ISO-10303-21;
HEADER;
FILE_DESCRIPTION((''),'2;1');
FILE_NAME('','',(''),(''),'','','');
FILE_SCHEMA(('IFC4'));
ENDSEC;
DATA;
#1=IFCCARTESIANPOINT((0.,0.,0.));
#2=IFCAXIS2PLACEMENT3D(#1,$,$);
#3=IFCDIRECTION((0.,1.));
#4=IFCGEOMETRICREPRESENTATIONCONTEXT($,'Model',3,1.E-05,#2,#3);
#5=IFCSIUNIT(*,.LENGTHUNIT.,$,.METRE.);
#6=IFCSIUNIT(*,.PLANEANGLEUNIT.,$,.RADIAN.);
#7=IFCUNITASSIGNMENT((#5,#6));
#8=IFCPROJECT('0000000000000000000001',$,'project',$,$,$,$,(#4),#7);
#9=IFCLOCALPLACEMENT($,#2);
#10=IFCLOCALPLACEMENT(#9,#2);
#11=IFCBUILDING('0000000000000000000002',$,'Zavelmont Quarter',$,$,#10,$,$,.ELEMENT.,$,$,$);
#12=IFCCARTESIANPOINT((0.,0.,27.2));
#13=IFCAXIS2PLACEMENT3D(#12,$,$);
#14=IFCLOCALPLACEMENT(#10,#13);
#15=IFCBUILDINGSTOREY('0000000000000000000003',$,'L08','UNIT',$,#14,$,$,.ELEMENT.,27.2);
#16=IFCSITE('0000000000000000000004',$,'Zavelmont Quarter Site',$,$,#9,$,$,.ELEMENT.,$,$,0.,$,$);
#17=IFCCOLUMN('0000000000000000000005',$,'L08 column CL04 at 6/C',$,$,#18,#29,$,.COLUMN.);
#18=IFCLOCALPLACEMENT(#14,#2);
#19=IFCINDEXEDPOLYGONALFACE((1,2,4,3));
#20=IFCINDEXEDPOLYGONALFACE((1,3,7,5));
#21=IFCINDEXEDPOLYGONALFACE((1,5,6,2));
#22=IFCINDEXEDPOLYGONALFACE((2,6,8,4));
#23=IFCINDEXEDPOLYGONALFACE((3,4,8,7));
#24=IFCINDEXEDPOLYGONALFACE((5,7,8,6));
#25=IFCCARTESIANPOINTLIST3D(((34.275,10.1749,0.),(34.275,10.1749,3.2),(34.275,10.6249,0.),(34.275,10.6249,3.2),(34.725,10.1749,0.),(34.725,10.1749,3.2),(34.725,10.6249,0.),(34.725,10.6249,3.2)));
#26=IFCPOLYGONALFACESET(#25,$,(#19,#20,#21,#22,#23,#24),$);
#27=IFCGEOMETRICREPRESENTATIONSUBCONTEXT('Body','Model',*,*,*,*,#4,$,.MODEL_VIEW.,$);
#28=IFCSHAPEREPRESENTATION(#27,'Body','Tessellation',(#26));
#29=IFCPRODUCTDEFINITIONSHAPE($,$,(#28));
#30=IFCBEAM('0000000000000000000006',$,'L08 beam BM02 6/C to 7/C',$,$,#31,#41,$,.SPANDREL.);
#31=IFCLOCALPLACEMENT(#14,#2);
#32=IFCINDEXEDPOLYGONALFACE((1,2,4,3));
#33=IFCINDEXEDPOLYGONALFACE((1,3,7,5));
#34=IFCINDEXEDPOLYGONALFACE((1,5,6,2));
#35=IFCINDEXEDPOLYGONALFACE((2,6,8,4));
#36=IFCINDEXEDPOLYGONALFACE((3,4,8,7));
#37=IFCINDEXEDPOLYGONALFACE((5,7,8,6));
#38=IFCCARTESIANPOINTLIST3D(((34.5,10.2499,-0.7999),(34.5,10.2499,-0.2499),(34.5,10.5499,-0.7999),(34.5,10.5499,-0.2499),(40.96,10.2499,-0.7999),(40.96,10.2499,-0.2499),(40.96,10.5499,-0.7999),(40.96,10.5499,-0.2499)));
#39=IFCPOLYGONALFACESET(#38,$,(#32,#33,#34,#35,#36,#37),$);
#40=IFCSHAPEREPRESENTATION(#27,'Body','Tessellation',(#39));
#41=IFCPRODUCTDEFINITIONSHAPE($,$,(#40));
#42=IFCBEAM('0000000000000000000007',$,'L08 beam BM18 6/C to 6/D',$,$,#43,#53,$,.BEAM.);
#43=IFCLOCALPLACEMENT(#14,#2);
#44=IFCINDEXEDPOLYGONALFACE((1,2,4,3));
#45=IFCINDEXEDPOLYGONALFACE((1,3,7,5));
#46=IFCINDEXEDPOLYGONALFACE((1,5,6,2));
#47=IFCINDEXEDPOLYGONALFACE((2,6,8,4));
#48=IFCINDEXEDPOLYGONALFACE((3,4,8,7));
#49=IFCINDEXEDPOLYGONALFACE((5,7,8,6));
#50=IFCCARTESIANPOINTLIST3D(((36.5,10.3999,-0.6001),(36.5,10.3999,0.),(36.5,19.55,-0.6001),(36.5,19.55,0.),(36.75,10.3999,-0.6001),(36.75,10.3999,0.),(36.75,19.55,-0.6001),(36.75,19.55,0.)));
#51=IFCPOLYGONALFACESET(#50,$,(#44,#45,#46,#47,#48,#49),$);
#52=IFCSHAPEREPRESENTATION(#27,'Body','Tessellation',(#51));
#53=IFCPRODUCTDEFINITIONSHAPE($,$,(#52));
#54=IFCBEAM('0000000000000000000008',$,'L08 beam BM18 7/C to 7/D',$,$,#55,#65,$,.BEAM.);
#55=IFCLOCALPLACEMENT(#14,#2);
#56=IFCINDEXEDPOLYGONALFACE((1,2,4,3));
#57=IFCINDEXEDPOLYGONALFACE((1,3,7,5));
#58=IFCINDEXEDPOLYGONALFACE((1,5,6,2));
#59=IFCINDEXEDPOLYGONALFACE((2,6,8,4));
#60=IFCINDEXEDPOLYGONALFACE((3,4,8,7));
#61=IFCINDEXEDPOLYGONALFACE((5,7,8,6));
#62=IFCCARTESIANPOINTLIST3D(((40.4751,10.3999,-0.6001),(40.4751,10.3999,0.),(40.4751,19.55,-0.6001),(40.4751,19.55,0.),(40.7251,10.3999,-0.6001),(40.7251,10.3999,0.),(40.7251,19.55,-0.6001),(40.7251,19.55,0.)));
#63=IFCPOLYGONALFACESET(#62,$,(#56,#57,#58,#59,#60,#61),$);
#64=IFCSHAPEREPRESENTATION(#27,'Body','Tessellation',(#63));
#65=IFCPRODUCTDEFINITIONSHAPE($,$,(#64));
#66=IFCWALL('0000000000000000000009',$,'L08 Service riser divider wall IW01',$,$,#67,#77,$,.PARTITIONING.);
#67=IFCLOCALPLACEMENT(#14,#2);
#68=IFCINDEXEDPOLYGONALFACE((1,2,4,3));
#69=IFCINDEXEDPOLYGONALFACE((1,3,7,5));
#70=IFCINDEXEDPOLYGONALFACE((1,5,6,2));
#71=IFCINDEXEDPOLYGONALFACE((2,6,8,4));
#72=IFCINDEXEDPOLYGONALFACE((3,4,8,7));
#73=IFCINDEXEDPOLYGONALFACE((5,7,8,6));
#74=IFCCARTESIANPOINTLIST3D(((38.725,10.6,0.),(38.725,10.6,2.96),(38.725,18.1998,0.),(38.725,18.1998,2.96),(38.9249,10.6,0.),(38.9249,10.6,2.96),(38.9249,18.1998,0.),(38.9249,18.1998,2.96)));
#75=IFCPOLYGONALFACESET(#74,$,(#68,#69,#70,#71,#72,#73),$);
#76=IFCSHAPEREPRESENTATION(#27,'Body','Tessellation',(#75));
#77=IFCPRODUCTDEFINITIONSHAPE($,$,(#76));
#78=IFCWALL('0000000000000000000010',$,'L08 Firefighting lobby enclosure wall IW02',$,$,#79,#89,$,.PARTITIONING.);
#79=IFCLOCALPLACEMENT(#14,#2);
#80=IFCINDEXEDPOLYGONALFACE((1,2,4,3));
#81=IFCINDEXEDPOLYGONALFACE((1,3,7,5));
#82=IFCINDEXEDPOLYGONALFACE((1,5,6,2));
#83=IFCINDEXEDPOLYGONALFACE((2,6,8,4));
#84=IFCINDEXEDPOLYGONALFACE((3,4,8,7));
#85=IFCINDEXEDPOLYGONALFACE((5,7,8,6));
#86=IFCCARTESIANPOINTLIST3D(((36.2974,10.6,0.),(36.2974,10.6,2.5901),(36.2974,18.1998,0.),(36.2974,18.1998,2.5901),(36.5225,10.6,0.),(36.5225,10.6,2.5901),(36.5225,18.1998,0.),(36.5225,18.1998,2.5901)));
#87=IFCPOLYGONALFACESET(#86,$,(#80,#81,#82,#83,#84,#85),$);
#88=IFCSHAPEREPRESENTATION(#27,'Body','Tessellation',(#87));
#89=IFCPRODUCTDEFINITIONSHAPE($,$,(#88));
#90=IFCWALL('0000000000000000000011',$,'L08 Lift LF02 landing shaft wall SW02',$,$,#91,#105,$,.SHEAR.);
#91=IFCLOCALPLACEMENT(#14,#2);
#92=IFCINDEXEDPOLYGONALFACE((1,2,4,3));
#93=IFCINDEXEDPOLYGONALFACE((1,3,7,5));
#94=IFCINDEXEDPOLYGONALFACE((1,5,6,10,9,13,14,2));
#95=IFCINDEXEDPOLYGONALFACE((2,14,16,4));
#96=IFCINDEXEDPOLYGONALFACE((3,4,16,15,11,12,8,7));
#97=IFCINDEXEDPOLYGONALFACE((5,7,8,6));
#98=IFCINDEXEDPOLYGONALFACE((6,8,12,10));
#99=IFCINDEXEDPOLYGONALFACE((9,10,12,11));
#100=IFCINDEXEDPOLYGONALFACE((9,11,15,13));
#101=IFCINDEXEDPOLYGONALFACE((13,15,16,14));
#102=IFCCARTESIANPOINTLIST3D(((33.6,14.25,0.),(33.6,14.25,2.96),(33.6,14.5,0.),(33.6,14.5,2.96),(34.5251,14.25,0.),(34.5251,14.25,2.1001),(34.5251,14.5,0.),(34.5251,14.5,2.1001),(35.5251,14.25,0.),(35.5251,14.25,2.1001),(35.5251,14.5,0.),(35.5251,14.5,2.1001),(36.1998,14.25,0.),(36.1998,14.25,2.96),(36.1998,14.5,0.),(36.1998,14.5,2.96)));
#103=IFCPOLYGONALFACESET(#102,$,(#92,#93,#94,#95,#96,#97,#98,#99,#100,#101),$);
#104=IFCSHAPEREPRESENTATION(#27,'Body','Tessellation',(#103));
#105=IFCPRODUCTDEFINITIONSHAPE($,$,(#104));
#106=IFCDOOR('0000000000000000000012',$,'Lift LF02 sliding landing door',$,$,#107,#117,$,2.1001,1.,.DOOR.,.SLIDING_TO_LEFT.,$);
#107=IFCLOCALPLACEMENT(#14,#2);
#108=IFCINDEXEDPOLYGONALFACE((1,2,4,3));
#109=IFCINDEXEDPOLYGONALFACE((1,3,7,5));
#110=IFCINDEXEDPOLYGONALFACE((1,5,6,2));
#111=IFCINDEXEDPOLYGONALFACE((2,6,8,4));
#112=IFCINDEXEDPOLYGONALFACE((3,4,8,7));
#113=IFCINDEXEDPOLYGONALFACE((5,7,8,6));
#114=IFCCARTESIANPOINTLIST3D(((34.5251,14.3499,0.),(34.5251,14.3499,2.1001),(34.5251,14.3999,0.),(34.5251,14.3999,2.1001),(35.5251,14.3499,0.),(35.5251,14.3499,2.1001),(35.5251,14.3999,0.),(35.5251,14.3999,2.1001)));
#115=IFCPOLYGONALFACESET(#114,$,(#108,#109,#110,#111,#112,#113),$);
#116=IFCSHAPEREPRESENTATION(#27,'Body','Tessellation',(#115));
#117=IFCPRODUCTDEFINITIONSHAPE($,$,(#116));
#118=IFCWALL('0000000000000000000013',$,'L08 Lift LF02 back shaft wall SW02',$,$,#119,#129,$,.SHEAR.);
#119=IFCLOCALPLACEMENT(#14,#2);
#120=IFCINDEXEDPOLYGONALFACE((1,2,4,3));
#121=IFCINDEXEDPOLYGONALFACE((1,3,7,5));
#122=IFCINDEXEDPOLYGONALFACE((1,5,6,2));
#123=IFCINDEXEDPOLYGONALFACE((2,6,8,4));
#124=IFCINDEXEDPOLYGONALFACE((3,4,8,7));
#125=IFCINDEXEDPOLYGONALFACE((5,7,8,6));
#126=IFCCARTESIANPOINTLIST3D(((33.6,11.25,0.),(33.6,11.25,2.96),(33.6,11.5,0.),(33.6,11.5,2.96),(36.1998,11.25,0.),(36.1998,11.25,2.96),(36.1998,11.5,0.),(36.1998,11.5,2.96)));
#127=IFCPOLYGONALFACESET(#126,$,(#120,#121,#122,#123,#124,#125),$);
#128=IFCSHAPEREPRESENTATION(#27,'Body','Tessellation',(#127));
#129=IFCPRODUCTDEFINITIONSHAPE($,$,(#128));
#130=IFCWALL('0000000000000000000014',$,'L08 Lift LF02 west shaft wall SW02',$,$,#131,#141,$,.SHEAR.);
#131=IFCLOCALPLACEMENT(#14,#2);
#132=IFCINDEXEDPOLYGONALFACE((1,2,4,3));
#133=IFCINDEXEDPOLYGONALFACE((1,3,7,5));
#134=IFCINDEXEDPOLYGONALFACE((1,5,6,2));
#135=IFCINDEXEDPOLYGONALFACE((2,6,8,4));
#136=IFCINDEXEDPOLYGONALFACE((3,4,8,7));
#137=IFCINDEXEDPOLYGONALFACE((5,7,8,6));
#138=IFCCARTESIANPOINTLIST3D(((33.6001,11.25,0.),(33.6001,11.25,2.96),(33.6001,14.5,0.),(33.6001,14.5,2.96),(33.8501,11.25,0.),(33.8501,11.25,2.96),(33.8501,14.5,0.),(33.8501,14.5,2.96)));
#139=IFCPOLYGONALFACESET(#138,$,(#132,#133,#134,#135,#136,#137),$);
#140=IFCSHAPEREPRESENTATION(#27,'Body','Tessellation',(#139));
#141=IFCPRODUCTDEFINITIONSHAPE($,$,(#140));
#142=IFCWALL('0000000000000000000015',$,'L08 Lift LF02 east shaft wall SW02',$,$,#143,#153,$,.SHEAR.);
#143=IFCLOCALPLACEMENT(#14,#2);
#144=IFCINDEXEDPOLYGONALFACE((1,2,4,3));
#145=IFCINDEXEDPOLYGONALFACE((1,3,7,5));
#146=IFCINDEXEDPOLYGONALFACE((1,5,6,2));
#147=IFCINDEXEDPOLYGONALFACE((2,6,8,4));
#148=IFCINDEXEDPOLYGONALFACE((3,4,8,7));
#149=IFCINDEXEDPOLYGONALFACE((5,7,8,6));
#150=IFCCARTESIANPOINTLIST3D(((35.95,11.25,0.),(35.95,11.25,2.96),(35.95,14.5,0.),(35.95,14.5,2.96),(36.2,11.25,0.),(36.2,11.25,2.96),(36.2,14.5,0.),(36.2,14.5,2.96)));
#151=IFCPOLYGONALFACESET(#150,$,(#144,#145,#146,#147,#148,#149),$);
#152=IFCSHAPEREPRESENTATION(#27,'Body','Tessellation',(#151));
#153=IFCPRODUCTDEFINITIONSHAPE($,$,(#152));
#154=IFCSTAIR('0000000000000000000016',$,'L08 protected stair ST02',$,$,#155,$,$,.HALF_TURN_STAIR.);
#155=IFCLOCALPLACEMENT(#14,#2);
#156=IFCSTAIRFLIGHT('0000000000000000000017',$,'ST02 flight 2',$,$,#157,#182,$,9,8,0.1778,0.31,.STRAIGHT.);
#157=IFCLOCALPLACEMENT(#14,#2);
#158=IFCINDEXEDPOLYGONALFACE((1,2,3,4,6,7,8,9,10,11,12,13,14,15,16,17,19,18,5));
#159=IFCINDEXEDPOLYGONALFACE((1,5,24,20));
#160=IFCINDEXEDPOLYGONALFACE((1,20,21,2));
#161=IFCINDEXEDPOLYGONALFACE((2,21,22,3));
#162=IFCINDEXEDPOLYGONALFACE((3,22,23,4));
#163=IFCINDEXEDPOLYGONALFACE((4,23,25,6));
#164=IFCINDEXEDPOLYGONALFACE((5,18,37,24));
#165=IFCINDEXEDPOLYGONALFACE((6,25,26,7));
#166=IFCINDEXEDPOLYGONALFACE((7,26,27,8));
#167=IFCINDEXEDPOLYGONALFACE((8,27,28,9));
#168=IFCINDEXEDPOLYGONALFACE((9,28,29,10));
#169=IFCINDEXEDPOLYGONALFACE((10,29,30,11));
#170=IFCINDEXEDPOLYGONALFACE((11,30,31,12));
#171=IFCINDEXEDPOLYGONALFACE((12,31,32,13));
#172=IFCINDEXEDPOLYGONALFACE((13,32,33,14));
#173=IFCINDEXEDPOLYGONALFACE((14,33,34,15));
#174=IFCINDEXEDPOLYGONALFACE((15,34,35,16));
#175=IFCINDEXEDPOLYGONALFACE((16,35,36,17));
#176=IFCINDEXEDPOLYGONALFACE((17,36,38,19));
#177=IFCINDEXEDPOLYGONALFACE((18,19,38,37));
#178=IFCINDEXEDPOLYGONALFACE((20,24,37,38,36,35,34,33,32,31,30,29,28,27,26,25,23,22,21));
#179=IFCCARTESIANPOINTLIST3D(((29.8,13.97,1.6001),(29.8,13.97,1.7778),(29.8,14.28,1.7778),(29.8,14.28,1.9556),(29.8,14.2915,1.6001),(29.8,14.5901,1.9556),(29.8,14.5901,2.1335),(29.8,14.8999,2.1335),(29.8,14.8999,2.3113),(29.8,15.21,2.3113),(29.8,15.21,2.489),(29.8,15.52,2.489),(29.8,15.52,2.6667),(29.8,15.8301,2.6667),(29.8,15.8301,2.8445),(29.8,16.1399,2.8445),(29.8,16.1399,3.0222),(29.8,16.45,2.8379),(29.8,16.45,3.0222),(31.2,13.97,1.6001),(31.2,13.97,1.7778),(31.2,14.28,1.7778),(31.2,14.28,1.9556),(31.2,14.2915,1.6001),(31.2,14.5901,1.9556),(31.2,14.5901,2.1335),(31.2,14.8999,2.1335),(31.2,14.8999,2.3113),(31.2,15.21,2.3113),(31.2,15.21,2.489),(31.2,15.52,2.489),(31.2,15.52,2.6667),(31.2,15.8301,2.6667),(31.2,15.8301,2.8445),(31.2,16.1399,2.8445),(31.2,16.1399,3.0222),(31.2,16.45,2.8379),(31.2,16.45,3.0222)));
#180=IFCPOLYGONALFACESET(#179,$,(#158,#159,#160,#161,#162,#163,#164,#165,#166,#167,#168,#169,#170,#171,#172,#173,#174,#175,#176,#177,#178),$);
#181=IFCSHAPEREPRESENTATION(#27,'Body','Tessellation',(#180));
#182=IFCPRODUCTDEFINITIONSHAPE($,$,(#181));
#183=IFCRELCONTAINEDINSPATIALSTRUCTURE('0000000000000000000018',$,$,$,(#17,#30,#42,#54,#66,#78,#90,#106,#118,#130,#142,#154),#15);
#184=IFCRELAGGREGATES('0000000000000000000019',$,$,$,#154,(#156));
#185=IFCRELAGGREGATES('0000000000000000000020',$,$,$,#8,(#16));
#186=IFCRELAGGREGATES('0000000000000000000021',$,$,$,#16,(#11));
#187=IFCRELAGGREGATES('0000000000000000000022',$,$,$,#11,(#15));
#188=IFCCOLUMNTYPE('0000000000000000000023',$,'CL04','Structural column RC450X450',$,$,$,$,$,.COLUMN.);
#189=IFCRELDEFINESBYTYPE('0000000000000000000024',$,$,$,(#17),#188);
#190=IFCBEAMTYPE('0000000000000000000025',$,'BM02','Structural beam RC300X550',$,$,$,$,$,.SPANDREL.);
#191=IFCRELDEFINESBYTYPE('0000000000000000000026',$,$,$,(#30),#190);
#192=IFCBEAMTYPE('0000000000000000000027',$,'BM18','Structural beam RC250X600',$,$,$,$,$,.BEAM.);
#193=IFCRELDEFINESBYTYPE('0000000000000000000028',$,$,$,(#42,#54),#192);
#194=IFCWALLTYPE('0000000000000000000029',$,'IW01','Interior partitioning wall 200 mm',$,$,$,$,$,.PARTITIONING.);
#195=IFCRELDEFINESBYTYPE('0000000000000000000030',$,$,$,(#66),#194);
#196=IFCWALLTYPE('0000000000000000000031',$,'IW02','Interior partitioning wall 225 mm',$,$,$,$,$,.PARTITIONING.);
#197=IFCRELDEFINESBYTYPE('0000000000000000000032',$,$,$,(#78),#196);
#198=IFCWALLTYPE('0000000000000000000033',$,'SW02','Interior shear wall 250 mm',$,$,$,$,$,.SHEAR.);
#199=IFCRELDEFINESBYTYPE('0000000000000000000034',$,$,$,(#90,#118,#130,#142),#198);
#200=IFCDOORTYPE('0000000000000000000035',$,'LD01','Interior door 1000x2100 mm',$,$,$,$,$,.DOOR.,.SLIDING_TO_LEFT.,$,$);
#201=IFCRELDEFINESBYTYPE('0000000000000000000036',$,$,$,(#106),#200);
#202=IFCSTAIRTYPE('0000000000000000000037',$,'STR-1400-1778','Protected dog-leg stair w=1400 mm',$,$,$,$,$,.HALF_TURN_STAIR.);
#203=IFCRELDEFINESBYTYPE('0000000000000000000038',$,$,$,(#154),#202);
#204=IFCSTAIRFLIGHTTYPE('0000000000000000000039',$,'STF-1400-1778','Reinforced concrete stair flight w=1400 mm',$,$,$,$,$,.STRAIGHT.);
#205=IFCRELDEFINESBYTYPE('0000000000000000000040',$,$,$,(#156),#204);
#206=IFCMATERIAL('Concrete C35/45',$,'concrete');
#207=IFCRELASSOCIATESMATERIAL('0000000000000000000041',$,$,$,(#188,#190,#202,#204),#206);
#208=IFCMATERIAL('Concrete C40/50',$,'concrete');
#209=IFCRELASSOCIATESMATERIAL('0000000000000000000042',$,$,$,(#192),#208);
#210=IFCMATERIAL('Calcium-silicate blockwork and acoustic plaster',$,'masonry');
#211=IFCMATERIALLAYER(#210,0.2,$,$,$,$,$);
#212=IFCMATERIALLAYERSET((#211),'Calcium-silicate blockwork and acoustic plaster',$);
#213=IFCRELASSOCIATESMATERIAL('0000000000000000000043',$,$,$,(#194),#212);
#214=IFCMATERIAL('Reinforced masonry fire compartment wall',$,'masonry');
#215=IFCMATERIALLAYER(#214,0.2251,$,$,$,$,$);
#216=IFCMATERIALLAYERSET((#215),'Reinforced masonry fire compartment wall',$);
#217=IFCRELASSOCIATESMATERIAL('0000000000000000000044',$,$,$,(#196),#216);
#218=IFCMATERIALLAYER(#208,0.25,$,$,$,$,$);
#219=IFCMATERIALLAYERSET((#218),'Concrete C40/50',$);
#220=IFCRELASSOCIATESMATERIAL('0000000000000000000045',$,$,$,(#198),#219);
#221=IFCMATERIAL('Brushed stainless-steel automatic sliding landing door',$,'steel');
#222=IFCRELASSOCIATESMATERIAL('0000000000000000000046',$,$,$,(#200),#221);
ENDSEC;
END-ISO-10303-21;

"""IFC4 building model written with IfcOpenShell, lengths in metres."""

from ifc_helpers import new_model, si_unit, direction, frame, frame_2d, origin, origin_with_axes, origin_2d, place, context, subcontext, project, spatial, polyline, rectangle, outline, extrude, material, layer, layer_set, material_profile, profile_set, type_object, element, fill, aggregate, save


model = new_model("IFC4")

# Units and contexts
model_context = context("Model", 3, precision=1e-05, world=origin(), true_north=direction((0.0, 1.0)))
body_context = subcontext(model_context, "Body", "Model", "MODEL_VIEW")
ifc_project = project(units=[si_unit("LENGTHUNIT", "METRE"), si_unit("PLANEANGLEUNIT", "RADIAN")], contexts=[model_context])

# Site, building, storey
site_placement = place(None, origin())
site = spatial("IfcSite", under=ifc_project, at=site_placement, Name="Zavelmont Quarter Site", CompositionType="ELEMENT", RefElevation=0.0)
building_placement = place(site_placement, origin())
building = spatial("IfcBuilding", under=site, at=building_placement, Name="Zavelmont Quarter", CompositionType="ELEMENT")
storey_placement = place(building_placement, frame((0.0, 0.0, 27.2)))
storey = spatial("IfcBuildingStorey", under=building, at=storey_placement, Name="L08", Description="UNIT", CompositionType="ELEMENT", Elevation=27.2)

# Column
ifc_material_1 = material(Name="Concrete C35/45", Category="concrete")
ifc_material_profile_1 = material_profile(ifc_material_1, rectangle(XDim=0.45, YDim=0.45, at=origin_2d()), Name="RC450X450")
ifc_profile_set_1 = profile_set([ifc_material_profile_1], Name="Concrete C35/45")
column_type = type_object("IfcColumnType", Name="CL04", Description="Structural column RC450X450", PredefinedType="COLUMN", material=ifc_profile_set_1)
column_placement = place(storey_placement, frame((34.5, 10.3999, 0.0), z_axis=(0.0, 0.0, 1.0), x_axis=(1.0, 0.0, 0.0)))
element("IfcColumn", 1, at=column_placement, inside=storey, type_object=column_type, Name="L08 column CL04 at 6/C", PredefinedType="COLUMN", context=body_context, shape_type="SweptSolid", body=[
    extrude(rectangle(XDim=0.45, YDim=0.45, at=origin_2d()), origin(), (0.0, 0.0, 1.0), 3.2),
])

# Beams
ifc_material_profile_2 = material_profile(ifc_material_1, rectangle(XDim=0.3, YDim=0.55, at=origin_2d()), Name="RC300X550")
ifc_profile_set_2 = profile_set([ifc_material_profile_2], Name="Concrete C35/45")
beam_type_1 = type_object("IfcBeamType", Name="BM02", Description="Structural beam RC300X550", PredefinedType="SPANDREL", material=ifc_profile_set_2)
beam_placement = place(storey_placement, frame((34.5, 10.3999, -0.5249), z_axis=(1.0, 0.0, 0.0), x_axis=(0.0, 1.0, 0.0)))
element("IfcBeam", 2, at=beam_placement, inside=storey, type_object=beam_type_1, Name="L08 beam BM02 6/C to 7/C", PredefinedType="SPANDREL", context=body_context, shape_type="SweptSolid", body=[
    extrude(rectangle(XDim=0.3, YDim=0.55, at=origin_2d()), origin(), (0.0, 0.0, 1.0), 6.46),
])
ifc_material_2 = material(Name="Concrete C40/50", Category="concrete")
ifc_material_profile_3 = material_profile(ifc_material_2, rectangle(XDim=0.25, YDim=0.6001, at=origin_2d()), Name="RC250X600")
ifc_profile_set_3 = profile_set([ifc_material_profile_3], Name="Concrete C40/50")
beam_type_2 = type_object("IfcBeamType", Name="BM18", Description="Structural beam RC250X600", PredefinedType="BEAM", material=ifc_profile_set_3)
for number, where, z_axis, x_axis, name in (
    (3, (36.625, 10.3999, -0.3), (0.0, 1.0, 0.0), (-1.0, 0.0, 0.0), "L08 beam BM18 6/C to 6/D"),
    (4, (40.6001, 10.3999, -0.3), (0.0, 1.0, 0.0), (-1.0, 0.0, 0.0), "L08 beam BM18 7/C to 7/D"),
):
    element("IfcBeam", number, at=place(storey_placement, frame(where, z_axis=z_axis, x_axis=x_axis)), inside=storey, type_object=beam_type_2, Name=name, PredefinedType="BEAM", context=body_context, shape_type="SweptSolid", body=[
        extrude(rectangle(XDim=0.25, YDim=0.6001, at=origin_2d()), origin(), (0.0, 0.0, 1.0), 9.1501),
    ])

# Walls
ifc_material_3 = material(Name="Calcium-silicate blockwork and acoustic plaster", Category="masonry")
ifc_layer_1 = layer(ifc_material_3, 0.2)
ifc_layer_set_1 = layer_set([ifc_layer_1], Name="Calcium-silicate blockwork and acoustic plaster")
wall_type_1 = type_object("IfcWallType", Name="IW01", Description="Interior partitioning wall 200 mm", PredefinedType="PARTITIONING", material=ifc_layer_set_1)
wall_1_placement = place(storey_placement, frame((38.825, 10.6001, 0.0), z_axis=(0.0, 0.0, 1.0), x_axis=(0.0, 1.0, 0.0)))
element("IfcWall", 5, at=wall_1_placement, inside=storey, type_object=wall_type_1, Name="L08 Service riser divider wall IW01", PredefinedType="PARTITIONING", context=body_context, shape_type="SweptSolid", body=[
    extrude(rectangle(XDim=7.5999, YDim=0.2, at=frame_2d((3.7998, 0.0))), origin(), (0.0, 0.0, 1.0), 2.96),
])
ifc_material_4 = material(Name="Reinforced masonry fire compartment wall", Category="masonry")
ifc_layer_2 = layer(ifc_material_4, 0.2251)
ifc_layer_set_2 = layer_set([ifc_layer_2], Name="Reinforced masonry fire compartment wall")
wall_type_2 = type_object("IfcWallType", Name="IW02", Description="Interior partitioning wall 225 mm", PredefinedType="PARTITIONING", material=ifc_layer_set_2)
wall_2_placement = place(storey_placement, frame((36.4099, 10.6001, 0.0), z_axis=(0.0, 0.0, 1.0), x_axis=(0.0, 1.0, 0.0)))
element("IfcWall", 6, at=wall_2_placement, inside=storey, type_object=wall_type_2, Name="L08 Firefighting lobby enclosure wall IW02", PredefinedType="PARTITIONING", context=body_context, shape_type="SweptSolid", body=[
    extrude(rectangle(XDim=7.5999, YDim=0.2251, at=frame_2d((3.7998, 0.0))), origin(), (0.0, 0.0, 1.0), 2.5901),
])

# Wall, opening, door
ifc_layer_3 = layer(ifc_material_2, 0.25)
ifc_layer_set_3 = layer_set([ifc_layer_3], Name="Concrete C40/50")
wall_type_3 = type_object("IfcWallType", Name="SW02", Description="Interior shear wall 250 mm", PredefinedType="SHEAR", material=ifc_layer_set_3)
wall_3_placement = place(storey_placement, frame((33.6001, 14.375, 0.0), z_axis=(0.0, 0.0, 1.0), x_axis=(1.0, 0.0, 0.0)))
wall_3 = element("IfcWall", 7, at=wall_3_placement, inside=storey, type_object=wall_type_3, Name="L08 Lift LF02 landing shaft wall SW02", PredefinedType="SHEAR", context=body_context, shape_type="SweptSolid", body=[
    extrude(rectangle(XDim=2.5999, YDim=0.25, at=frame_2d((1.2998, 0.0))), origin(), (0.0, 0.0, 1.0), 2.96),
])
opening_1_placement = place(wall_3_placement, frame((0.925, 0.0, 0.0)))
opening_1 = element("IfcOpeningElement", 8, at=opening_1_placement, cuts=wall_3, PredefinedType="OPENING", context=body_context, shape_type="SweptSolid", body=[
    extrude(rectangle(XDim=1.0, YDim=2.1001, at=frame_2d((0.5, 1.05))), frame((0.0, 0.137, 0.0), z_axis=(0.0, -1.0, 0.0), x_axis=(1.0, 0.0, 0.0)), (0.0, 0.0, 1.0), 0.2739),
])
ifc_material_5 = material(Name="Brushed stainless-steel automatic sliding landing door", Category="steel")
door_type_1 = type_object("IfcDoorType", Name="LD01", Description="Interior door 1000x2100 mm", OperationType="SLIDING_TO_LEFT", PredefinedType="DOOR", material=ifc_material_5)
door_1_placement = place(opening_1_placement, origin_with_axes())
door_1 = element("IfcDoor", 9, at=door_1_placement, inside=storey, type_object=door_type_1, Name="Lift LF02 sliding landing door", OperationType="SLIDING_TO_LEFT", OverallHeight=2.1001, OverallWidth=1.0, PredefinedType="DOOR", context=body_context, shape_type="SweptSolid", body=[
    extrude(rectangle(XDim=1.0, YDim=2.1001, at=frame_2d((0.5, 1.05))), frame((0.0, 0.0249, 0.0), z_axis=(0.0, -1.0, 0.0), x_axis=(1.0, 0.0, 0.0)), (0.0, 0.0, 1.0), 0.05),
])
fill(opening_1, door_1)

# Walls
wall_4_placement = place(storey_placement, frame((33.6001, 11.375, 0.0), z_axis=(0.0, 0.0, 1.0), x_axis=(1.0, 0.0, 0.0)))
element("IfcWall", 10, at=wall_4_placement, inside=storey, type_object=wall_type_3, Name="L08 Lift LF02 back shaft wall SW02", PredefinedType="SHEAR", context=body_context, shape_type="SweptSolid", body=[
    extrude(rectangle(XDim=2.5999, YDim=0.25, at=frame_2d((1.2998, 0.0))), origin(), (0.0, 0.0, 1.0), 2.96),
])
for number, where, z_axis, x_axis, name in (
    (11, (33.7251, 11.25, 0.0), (0.0, 0.0, 1.0), (0.0, 1.0, 0.0), "L08 Lift LF02 west shaft wall SW02"),
    (12, (36.075, 11.25, 0.0), (0.0, 0.0, 1.0), (0.0, 1.0, 0.0), "L08 Lift LF02 east shaft wall SW02"),
):
    element("IfcWall", number, at=place(storey_placement, frame(where, z_axis=z_axis, x_axis=x_axis)), inside=storey, type_object=wall_type_3, Name=name, PredefinedType="SHEAR", context=body_context, shape_type="SweptSolid", body=[
        extrude(rectangle(XDim=3.25, YDim=0.25, at=frame_2d((1.625, 0.0))), origin(), (0.0, 0.0, 1.0), 2.96),
    ])

# Stair, stair flight
stair_type = type_object("IfcStairType", Name="STR-1400-1778", Description="Protected dog-leg stair w=1400 mm", PredefinedType="HALF_TURN_STAIR", material=ifc_material_1)
stair_placement = place(storey_placement, origin())
stair = element("IfcStair", 13, at=stair_placement, inside=storey, type_object=stair_type, Name="L08 protected stair ST02", PredefinedType="HALF_TURN_STAIR")
stair_flight_type = type_object("IfcStairFlightType", Name="STF-1400-1778", Description="Reinforced concrete stair flight w=1400 mm", PredefinedType="STRAIGHT", material=ifc_material_1)
stair_flight_placement = place(storey_placement, frame((30.5, 13.97, 1.6001), z_axis=(0.0, 0.0, 1.0), x_axis=(0.0, 1.0, 0.0)))
stair_flight = element("IfcStairFlight", 14, at=stair_flight_placement, type_object=stair_flight_type, Name="ST02 flight 2", NumberOfRisers=9, NumberOfTreads=8, PredefinedType="STRAIGHT", RiserHeight=0.1778, TreadLength=0.31, context=body_context, shape_type="SweptSolid", body=[
    extrude(outline(polyline([(0.0, 0.0), (0.0, 0.1777), (0.3101, 0.1777), (0.3101, 0.3555), (0.6201, 0.3555), (0.6201, 0.5334), (0.9299, 0.5334), (0.9299, 0.7112), (1.24, 0.7112), (1.24, 0.8889), (1.55, 0.8889), (1.55, 1.0667), (1.8601, 1.0667), (1.8601, 1.2444), (2.1699, 1.2444), (2.1699, 1.4221), (2.48, 1.4221), (2.48, 1.6001), (2.48, 1.2378), (0.3215, 0.0), (0.0, 0.0)])), frame((0.0, 0.7, 0.0), z_axis=(0.0, -1.0, 0.0), x_axis=(1.0, 0.0, 0.0)), (0.0, 0.0, 1.0), 1.3999),
])
aggregate(stair, [stair_flight])

save(model, "model.ifc")
